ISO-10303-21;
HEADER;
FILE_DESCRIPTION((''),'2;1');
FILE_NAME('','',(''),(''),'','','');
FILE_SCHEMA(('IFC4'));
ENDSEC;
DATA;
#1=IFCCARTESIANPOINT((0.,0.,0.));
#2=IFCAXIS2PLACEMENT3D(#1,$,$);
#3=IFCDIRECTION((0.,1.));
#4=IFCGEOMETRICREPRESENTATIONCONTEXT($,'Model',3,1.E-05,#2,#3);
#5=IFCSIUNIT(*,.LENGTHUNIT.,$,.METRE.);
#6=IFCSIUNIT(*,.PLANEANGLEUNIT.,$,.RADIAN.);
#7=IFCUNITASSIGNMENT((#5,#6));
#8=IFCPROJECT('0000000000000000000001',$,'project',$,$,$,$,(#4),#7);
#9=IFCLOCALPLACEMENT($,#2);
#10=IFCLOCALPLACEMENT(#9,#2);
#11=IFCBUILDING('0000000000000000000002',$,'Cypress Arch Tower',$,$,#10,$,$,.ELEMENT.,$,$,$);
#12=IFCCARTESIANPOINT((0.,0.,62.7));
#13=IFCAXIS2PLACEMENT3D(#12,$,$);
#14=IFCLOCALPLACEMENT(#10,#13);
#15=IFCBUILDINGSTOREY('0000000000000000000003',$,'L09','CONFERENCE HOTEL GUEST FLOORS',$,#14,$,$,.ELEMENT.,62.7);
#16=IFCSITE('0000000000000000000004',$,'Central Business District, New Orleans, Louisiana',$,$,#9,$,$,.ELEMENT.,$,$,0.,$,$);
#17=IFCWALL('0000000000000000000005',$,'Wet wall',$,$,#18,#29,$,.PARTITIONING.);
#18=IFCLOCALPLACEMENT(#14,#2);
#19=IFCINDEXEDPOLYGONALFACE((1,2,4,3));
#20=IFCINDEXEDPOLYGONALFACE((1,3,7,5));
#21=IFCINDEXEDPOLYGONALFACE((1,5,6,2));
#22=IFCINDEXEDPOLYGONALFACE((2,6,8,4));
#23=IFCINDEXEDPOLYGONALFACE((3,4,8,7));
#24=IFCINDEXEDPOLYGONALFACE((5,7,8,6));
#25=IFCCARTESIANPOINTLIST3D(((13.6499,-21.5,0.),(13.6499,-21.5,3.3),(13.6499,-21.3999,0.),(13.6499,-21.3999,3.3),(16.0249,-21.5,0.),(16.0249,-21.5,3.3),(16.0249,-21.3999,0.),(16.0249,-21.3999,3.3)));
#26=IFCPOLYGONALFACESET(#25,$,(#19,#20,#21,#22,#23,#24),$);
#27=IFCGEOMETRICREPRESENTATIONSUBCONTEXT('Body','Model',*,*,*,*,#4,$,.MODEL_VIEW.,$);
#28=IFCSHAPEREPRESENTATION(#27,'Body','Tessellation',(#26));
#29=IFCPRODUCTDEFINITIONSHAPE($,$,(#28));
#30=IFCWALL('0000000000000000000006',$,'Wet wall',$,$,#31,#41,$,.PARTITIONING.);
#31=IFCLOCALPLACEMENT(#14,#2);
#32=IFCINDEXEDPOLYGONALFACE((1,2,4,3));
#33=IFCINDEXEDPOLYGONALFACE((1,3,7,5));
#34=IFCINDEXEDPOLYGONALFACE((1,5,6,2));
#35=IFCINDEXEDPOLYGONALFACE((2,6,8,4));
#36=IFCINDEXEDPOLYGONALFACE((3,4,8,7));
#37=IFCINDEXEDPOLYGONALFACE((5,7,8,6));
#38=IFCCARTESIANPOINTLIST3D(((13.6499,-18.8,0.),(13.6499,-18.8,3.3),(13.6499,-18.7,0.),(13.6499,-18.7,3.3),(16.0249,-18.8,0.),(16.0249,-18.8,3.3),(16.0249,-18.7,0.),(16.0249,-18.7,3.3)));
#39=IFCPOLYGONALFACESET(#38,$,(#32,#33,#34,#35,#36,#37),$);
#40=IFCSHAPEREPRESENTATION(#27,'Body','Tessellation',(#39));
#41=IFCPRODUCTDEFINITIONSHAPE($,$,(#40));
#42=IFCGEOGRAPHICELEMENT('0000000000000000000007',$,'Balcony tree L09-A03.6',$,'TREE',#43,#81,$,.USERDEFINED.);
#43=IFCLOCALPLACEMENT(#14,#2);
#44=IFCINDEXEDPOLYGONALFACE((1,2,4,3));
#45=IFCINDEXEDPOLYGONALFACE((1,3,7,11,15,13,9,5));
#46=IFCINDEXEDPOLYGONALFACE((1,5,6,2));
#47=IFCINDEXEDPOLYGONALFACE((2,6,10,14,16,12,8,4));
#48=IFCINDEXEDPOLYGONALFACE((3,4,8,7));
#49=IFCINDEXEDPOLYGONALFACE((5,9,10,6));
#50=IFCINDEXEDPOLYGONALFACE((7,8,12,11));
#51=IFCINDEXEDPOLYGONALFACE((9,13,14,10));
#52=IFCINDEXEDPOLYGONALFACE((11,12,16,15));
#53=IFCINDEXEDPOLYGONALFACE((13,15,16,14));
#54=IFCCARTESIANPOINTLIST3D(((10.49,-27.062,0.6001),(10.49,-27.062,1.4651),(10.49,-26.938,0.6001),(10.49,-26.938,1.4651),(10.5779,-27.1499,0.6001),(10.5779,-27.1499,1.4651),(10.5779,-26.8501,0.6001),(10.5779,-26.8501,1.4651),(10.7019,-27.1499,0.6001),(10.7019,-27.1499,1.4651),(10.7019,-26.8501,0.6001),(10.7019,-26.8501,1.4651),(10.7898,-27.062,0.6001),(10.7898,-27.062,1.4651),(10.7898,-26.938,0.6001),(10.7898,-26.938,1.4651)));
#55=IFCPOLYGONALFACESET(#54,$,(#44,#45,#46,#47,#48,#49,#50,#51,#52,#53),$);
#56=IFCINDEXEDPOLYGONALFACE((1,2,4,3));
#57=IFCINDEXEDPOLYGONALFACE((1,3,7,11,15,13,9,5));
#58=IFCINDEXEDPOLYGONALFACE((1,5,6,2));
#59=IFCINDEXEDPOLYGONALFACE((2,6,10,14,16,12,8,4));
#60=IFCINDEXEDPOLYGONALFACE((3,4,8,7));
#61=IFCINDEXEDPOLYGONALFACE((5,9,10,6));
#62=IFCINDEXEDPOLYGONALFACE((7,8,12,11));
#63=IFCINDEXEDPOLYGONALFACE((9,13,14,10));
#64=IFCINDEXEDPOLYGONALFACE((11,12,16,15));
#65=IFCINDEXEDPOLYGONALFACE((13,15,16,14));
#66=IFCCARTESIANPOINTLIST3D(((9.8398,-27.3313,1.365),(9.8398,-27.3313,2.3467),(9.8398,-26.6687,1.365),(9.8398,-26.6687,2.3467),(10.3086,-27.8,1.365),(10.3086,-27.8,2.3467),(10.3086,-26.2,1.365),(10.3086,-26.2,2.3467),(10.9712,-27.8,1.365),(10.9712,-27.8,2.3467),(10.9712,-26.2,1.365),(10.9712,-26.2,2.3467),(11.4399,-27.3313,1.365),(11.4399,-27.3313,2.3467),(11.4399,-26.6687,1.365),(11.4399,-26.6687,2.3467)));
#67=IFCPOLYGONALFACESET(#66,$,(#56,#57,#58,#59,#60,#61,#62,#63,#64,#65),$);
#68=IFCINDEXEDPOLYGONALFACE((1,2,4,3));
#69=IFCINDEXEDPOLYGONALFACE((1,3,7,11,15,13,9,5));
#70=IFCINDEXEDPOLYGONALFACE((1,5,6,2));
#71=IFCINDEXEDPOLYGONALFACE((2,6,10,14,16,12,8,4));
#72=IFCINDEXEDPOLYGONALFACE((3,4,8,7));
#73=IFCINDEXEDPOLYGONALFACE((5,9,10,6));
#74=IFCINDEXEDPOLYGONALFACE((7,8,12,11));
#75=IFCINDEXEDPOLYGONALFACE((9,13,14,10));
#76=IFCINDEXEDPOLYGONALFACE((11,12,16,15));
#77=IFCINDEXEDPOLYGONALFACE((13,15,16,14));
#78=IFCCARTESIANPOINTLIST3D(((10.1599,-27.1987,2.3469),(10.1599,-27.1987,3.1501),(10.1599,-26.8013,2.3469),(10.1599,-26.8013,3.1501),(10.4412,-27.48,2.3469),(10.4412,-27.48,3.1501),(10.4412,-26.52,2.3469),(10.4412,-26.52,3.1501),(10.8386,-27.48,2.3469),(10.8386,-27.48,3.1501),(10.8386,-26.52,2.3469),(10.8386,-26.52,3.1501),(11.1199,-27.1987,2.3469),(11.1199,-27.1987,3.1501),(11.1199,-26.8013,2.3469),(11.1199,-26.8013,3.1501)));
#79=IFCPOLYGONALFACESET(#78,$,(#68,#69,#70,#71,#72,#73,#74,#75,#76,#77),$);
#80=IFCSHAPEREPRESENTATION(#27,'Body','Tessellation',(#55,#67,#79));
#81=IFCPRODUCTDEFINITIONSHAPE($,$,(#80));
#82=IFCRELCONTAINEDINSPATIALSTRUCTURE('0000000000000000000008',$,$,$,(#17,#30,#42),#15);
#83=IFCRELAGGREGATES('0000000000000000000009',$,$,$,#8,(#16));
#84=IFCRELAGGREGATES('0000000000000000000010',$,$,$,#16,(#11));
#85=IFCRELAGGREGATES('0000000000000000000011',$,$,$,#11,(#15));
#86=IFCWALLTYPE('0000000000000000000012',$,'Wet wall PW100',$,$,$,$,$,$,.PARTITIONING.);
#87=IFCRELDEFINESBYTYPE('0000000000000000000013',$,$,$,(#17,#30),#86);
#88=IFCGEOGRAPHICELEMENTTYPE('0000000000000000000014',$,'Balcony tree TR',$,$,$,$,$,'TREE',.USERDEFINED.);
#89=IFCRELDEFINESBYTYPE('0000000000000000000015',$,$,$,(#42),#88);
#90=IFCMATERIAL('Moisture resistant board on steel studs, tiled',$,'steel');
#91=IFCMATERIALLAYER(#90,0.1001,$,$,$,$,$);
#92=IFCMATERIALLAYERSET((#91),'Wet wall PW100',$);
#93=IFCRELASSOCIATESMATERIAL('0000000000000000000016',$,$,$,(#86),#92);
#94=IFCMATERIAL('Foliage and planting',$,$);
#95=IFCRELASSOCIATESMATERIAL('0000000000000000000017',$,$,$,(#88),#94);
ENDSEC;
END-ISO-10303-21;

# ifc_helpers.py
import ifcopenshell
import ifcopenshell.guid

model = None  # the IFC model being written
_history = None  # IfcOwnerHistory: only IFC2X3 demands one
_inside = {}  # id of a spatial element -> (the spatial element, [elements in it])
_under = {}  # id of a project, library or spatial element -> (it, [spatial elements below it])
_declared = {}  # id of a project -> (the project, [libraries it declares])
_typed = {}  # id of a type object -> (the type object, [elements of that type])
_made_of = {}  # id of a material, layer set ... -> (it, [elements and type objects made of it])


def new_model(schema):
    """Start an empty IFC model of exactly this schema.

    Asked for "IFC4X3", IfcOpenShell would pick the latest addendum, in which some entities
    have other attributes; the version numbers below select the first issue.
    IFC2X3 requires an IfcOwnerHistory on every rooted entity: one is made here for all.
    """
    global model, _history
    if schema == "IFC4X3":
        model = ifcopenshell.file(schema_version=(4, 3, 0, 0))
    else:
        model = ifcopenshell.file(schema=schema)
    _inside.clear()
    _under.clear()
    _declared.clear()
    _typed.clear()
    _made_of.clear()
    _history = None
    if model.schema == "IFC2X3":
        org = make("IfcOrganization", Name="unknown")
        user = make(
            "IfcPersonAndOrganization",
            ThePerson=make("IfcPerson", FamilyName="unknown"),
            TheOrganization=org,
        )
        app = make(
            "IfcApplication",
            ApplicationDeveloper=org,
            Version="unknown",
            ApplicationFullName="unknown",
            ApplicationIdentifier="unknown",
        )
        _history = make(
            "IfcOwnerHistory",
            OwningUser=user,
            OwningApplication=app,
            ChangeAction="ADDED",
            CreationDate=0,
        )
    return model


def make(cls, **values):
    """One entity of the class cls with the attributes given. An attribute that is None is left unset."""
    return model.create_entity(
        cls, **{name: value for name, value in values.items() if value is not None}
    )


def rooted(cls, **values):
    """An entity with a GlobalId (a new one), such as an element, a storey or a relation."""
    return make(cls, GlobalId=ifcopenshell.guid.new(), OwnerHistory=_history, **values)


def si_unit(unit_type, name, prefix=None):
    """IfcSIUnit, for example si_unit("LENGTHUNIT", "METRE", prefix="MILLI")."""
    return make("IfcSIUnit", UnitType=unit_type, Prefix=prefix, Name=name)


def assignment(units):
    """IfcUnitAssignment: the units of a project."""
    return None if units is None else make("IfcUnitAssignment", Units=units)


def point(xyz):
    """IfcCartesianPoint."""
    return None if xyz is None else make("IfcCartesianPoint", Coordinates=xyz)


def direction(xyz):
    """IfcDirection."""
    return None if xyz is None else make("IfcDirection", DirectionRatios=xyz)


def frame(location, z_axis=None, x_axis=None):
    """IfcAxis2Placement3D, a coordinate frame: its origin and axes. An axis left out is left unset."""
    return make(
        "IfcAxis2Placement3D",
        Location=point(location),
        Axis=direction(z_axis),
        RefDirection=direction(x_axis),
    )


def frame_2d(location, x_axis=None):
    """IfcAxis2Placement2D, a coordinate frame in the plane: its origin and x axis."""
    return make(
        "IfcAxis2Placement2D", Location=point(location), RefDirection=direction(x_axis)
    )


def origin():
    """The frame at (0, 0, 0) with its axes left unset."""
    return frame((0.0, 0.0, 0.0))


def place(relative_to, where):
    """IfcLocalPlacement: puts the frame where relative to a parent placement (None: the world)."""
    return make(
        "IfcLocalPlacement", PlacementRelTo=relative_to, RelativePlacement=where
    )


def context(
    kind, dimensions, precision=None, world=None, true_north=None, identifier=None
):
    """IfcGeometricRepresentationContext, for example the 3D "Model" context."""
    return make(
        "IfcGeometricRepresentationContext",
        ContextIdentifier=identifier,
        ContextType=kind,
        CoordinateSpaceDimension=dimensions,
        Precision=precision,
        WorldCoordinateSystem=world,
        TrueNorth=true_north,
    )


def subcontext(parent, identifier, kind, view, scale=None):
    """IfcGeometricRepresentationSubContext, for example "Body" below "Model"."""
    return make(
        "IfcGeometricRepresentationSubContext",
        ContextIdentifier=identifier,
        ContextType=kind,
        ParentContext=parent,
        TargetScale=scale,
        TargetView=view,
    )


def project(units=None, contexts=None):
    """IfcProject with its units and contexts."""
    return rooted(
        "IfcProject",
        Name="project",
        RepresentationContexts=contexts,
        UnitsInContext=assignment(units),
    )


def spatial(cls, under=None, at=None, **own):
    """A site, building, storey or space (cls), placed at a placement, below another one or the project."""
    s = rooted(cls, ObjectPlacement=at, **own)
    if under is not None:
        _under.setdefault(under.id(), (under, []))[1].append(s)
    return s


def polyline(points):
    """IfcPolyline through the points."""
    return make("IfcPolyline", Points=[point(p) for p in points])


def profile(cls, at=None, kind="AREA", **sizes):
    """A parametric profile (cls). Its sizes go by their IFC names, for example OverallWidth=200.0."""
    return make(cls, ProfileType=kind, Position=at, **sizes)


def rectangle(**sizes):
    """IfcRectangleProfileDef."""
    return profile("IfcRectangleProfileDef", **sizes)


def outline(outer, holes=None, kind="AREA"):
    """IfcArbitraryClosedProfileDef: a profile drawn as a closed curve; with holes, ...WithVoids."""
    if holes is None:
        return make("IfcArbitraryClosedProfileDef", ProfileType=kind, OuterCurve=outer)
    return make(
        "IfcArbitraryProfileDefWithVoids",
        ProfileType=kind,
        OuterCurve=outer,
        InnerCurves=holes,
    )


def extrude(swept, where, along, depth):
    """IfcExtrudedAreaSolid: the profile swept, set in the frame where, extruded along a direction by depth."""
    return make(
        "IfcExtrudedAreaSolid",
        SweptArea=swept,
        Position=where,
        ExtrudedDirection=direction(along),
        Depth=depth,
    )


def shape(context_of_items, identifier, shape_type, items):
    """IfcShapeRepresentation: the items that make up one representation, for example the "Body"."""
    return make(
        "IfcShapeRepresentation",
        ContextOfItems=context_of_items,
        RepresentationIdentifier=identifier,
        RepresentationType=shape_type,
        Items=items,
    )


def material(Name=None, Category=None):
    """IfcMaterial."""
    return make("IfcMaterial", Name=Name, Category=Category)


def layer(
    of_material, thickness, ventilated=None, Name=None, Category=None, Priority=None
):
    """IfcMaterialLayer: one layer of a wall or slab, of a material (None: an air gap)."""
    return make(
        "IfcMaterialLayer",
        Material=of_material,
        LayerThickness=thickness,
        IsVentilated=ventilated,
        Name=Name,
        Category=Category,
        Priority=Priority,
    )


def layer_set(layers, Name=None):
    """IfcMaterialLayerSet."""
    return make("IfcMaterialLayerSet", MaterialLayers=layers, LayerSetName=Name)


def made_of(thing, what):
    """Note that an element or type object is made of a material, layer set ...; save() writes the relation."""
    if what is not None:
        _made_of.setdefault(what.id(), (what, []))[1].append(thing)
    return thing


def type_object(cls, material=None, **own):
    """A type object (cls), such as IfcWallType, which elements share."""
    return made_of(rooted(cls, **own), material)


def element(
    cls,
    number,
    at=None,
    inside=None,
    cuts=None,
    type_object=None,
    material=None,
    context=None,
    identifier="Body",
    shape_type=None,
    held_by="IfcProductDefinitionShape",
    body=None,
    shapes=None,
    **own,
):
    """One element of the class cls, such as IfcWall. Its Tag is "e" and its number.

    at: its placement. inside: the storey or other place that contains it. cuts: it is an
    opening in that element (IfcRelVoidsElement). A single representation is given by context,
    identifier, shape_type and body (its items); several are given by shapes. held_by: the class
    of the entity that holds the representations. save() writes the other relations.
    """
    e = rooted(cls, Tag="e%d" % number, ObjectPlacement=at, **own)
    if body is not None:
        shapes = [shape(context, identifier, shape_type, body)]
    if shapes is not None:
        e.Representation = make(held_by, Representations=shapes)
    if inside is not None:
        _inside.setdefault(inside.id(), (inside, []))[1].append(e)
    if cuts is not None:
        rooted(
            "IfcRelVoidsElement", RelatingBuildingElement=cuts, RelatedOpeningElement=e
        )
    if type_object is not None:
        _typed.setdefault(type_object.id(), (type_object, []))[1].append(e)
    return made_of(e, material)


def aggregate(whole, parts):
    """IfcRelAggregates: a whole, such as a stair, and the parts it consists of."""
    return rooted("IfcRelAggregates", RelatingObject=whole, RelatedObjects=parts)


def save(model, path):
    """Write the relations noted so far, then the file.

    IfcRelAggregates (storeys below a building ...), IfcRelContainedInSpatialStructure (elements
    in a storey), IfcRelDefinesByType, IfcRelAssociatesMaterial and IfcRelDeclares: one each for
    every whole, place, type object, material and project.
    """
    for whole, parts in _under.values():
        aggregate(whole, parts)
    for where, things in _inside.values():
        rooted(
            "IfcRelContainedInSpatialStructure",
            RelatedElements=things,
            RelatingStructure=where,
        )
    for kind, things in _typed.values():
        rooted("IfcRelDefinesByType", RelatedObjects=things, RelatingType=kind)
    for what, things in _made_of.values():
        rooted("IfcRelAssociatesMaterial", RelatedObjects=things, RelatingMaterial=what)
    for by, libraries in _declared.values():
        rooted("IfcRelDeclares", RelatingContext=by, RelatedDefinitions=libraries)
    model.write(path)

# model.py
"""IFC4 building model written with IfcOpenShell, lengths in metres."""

from ifc_helpers import new_model, si_unit, direction, frame, frame_2d, origin, place, context, subcontext, project, spatial, polyline, rectangle, outline, extrude, material, layer, layer_set, type_object, element, save


model = new_model("IFC4")

# Units and contexts
model_context = context("Model", 3, precision=1e-05, world=origin(), true_north=direction((0.0, 1.0)))
body_context = subcontext(model_context, "Body", "Model", "MODEL_VIEW")
ifc_project = project(units=[si_unit("LENGTHUNIT", "METRE"), si_unit("PLANEANGLEUNIT", "RADIAN")], contexts=[model_context])

# Site, building, storey
site_placement = place(None, origin())
site = spatial("IfcSite", under=ifc_project, at=site_placement, Name="Central Business District, New Orleans, Louisiana", CompositionType="ELEMENT", RefElevation=0.0)
building_placement = place(site_placement, origin())
building = spatial("IfcBuilding", under=site, at=building_placement, Name="Cypress Arch Tower", CompositionType="ELEMENT")
storey_placement = place(building_placement, frame((0.0, 0.0, 62.7)))
storey = spatial("IfcBuildingStorey", under=building, at=storey_placement, Name="L09", Description="CONFERENCE HOTEL GUEST FLOORS", CompositionType="ELEMENT", Elevation=62.7)

# Shared definitions
ifc_material_1 = material(Name="Moisture resistant board on steel studs, tiled", Category="steel")
ifc_layer_1 = layer(ifc_material_1, 0.1001)
ifc_layer_set_1 = layer_set([ifc_layer_1], Name="Wet wall PW100")
wall_type_1 = type_object("IfcWallType", Name="Wet wall PW100", PredefinedType="PARTITIONING", material=ifc_layer_set_1)

# Walls
for number, where, z_axis, x_axis, name in (
    (1, (13.6499, -21.45, 0.0), (0.0, 0.0, 1.0), (1.0, 0.0, 0.0), "Wet wall"),
    (2, (13.6499, -18.75, 0.0), (0.0, 0.0, 1.0), (1.0, 0.0, 0.0), "Wet wall"),
):
    element("IfcWall", number, at=place(storey_placement, frame(where, z_axis=z_axis, x_axis=x_axis)), inside=storey, type_object=wall_type_1, Name=name, PredefinedType="PARTITIONING", context=body_context, shape_type="SweptSolid", body=[
        extrude(rectangle(XDim=2.375, YDim=0.1001, at=frame_2d((1.1875, 0.0))), origin(), (0.0, 0.0, 1.0), 3.3),
    ])

# Geographic element
ifc_material_2 = material(Name="Foliage and planting")
geographic_element_type = type_object("IfcGeographicElementType", Name="Balcony tree TR", ElementType="TREE", PredefinedType="USERDEFINED", material=ifc_material_2)
geographic_element_placement = place(storey_placement, frame((10.6399, -27.0, 0.6001), z_axis=(0.0, 0.0, 1.0), x_axis=(1.0, 0.0, 0.0)))
element("IfcGeographicElement", 3, at=geographic_element_placement, inside=storey, type_object=geographic_element_type, Name="Balcony tree L09-A03.6", ObjectType="TREE", PredefinedType="USERDEFINED", context=body_context, shape_type="SweptSolid", body=[
    extrude(outline(polyline([(0.1499, 0.062), (0.062, 0.1499), (-0.062, 0.1499), (-0.1499, 0.062), (-0.1499, -0.062), (-0.062, -0.1499), (0.062, -0.1499), (0.1499, -0.062), (0.1499, 0.062)])), origin(), (0.0, 0.0, 1.0), 0.865),
    extrude(outline(polyline([(0.8, 0.3313), (0.3313, 0.8), (-0.3313, 0.8), (-0.8, 0.3313), (-0.8, -0.3313), (-0.3313, -0.8), (0.3313, -0.8), (0.8, -0.3313), (0.8, 0.3313)])), frame((0.0, 0.0, 0.7649)), (0.0, 0.0, 1.0), 0.9817),
    extrude(outline(polyline([(0.48, 0.1987), (0.1987, 0.48), (-0.1987, 0.48), (-0.48, 0.1987), (-0.48, -0.1987), (-0.1987, -0.48), (0.1987, -0.48), (0.48, -0.1987), (0.48, 0.1987)])), frame((0.0, 0.0, 1.7468)), (0.0, 0.0, 1.0), 0.8032),
])

save(model, "model.ifc")
